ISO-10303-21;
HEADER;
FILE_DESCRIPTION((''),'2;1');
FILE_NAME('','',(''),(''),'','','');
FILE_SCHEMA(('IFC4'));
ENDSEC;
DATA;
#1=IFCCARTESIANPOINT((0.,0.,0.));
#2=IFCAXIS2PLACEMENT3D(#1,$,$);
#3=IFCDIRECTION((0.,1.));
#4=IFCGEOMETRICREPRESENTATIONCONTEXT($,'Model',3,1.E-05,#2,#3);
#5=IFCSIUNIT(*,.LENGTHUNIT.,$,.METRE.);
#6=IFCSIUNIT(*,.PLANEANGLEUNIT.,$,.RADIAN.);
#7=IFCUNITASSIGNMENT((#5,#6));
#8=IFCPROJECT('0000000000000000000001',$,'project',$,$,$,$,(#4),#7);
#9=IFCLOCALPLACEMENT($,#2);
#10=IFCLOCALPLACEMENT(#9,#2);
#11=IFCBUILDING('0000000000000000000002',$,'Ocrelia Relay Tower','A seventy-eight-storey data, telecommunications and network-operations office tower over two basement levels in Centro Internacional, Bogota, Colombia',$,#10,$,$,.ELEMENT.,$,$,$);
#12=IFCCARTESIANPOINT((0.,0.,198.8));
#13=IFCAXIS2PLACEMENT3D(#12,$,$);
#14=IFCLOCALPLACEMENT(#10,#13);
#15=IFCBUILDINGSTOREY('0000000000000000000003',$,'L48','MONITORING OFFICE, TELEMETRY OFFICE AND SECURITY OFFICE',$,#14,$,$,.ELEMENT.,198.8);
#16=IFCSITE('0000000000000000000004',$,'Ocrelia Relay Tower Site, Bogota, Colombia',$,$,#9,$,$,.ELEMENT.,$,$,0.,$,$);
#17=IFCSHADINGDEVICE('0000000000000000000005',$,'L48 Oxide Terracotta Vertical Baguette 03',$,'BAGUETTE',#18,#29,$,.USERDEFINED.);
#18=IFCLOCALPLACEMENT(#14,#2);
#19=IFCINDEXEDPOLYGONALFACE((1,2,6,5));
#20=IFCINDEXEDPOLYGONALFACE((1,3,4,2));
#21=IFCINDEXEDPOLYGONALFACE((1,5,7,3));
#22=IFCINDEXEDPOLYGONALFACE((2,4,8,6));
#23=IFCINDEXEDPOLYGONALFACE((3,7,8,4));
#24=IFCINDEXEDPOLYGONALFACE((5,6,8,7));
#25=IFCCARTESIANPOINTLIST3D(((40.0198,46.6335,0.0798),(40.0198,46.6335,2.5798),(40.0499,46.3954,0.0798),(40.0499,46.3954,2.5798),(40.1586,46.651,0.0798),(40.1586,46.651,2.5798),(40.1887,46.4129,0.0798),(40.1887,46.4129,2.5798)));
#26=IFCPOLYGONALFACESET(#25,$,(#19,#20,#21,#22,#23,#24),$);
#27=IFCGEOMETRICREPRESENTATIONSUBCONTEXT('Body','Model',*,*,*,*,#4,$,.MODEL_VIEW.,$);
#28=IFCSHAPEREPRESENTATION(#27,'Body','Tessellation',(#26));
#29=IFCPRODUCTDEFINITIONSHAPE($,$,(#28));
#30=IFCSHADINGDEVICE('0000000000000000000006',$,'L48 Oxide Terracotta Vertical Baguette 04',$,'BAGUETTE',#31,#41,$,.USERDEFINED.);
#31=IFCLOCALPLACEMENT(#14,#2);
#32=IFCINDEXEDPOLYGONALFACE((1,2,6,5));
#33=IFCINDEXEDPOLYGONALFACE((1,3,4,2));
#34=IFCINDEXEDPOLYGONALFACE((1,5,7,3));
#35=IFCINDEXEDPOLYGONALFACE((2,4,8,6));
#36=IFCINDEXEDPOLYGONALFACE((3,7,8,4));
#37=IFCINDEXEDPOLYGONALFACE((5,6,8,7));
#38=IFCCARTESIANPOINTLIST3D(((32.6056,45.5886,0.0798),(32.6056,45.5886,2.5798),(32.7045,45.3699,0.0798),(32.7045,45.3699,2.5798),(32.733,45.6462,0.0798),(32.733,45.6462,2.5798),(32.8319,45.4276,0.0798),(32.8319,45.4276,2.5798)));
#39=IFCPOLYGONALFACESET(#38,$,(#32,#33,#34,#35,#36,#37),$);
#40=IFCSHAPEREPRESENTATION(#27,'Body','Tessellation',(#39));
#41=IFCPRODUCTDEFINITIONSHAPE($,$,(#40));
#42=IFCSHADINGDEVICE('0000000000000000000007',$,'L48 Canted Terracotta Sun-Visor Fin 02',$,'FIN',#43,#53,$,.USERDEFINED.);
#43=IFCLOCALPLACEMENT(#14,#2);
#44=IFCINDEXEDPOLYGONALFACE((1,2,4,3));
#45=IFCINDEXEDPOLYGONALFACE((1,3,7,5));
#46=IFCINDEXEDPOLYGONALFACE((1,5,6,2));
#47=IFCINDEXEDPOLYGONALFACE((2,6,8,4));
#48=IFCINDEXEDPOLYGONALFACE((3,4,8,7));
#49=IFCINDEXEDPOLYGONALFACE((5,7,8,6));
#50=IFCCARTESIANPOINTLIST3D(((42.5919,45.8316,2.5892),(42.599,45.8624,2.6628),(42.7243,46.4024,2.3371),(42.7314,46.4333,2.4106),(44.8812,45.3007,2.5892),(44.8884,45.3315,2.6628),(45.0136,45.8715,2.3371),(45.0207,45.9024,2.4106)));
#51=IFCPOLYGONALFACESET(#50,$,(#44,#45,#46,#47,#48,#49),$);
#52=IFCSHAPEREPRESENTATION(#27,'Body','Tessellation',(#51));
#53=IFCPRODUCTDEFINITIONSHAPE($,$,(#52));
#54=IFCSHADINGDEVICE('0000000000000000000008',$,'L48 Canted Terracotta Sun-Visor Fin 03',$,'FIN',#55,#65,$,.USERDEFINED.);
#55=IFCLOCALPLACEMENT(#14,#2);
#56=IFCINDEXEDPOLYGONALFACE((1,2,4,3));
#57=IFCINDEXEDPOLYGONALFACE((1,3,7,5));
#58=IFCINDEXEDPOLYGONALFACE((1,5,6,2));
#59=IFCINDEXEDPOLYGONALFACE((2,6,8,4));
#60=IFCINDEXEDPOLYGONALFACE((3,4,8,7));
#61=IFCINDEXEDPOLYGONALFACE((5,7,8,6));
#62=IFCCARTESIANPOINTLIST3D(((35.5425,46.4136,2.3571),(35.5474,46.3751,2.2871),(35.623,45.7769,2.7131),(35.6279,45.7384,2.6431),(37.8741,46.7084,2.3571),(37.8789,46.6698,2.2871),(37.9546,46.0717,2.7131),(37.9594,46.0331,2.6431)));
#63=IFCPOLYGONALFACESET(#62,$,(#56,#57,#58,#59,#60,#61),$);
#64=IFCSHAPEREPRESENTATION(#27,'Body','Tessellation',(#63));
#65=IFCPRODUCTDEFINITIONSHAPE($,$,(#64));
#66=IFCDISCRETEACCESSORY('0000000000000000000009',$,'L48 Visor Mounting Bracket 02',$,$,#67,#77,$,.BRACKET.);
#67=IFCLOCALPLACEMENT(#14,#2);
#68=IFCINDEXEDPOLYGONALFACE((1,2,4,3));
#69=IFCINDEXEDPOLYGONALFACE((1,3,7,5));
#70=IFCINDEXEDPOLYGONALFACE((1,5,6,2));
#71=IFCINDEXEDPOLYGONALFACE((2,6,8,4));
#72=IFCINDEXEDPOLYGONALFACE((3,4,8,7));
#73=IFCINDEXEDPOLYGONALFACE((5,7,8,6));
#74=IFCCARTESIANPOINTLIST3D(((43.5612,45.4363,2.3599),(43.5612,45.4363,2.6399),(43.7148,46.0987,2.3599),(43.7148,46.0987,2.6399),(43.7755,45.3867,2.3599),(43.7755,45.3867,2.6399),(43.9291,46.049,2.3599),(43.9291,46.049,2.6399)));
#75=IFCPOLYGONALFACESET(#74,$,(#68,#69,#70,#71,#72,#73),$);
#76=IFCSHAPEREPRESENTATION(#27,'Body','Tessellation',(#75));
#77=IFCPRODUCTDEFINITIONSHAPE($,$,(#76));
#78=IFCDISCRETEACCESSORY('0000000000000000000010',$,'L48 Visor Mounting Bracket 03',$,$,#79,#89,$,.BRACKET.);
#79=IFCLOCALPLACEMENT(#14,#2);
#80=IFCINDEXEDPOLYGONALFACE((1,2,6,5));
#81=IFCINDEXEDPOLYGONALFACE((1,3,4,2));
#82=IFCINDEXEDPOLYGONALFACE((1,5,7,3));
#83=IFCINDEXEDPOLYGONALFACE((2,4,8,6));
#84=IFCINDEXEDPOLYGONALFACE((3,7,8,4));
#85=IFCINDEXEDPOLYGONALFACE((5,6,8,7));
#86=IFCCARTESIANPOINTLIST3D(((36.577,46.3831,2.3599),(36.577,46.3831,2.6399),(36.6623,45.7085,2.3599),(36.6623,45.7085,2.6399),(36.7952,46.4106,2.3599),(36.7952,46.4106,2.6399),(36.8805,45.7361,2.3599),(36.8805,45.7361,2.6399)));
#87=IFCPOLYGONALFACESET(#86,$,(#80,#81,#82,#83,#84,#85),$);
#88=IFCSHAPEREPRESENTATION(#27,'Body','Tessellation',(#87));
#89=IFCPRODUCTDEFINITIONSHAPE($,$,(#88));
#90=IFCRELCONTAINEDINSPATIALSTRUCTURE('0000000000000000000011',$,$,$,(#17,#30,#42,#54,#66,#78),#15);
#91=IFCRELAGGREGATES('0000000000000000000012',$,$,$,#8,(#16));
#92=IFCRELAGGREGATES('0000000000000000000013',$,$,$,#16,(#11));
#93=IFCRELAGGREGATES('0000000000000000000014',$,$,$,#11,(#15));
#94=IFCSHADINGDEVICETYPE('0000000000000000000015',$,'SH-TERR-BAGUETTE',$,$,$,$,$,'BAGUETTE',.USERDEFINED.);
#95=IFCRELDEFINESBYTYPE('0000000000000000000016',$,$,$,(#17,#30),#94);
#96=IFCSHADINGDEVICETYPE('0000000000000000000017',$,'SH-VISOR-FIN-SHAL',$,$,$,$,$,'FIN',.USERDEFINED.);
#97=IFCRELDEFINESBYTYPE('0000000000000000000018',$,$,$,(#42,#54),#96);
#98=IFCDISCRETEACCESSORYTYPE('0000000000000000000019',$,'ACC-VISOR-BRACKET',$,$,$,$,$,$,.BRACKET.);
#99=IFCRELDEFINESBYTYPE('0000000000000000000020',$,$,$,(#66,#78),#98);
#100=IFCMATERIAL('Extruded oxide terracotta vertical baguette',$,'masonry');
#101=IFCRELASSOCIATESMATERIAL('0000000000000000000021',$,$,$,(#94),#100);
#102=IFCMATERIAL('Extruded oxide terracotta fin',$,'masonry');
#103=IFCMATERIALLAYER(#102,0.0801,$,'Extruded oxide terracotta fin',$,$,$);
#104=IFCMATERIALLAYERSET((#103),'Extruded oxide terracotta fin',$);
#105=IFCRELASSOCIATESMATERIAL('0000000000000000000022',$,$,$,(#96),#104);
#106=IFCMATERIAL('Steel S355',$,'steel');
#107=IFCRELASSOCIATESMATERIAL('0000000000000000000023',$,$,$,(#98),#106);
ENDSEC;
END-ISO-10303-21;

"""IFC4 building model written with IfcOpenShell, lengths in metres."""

from ifc_helpers import new_model, si_unit, direction, frame, origin, origin_2d, place, context, subcontext, project, spatial, rectangle, extrude, material, layer, layer_set, type_object, element, save


model = new_model("IFC4")

# Units and contexts
model_context = context("Model", 3, precision=1e-05, world=origin(), true_north=direction((0.0, 1.0)))
body_context = subcontext(model_context, "Body", "Model", "MODEL_VIEW")
ifc_project = project(units=[si_unit("LENGTHUNIT", "METRE"), si_unit("PLANEANGLEUNIT", "RADIAN")], contexts=[model_context])

# Site, building, storey
site_placement = place(None, origin())
site = spatial("IfcSite", under=ifc_project, at=site_placement, Name="Ocrelia Relay Tower Site, Bogota, Colombia", CompositionType="ELEMENT", RefElevation=0.0)
building_placement = place(site_placement, origin())
building = spatial("IfcBuilding", under=site, at=building_placement, Name="Ocrelia Relay Tower", Description="A seventy-eight-storey data, telecommunications and network-operations office tower over two basement levels in Centro Internacional, Bogota, Colombia", CompositionType="ELEMENT")
storey_placement = place(building_placement, frame((0.0, 0.0, 198.8)))
storey = spatial("IfcBuildingStorey", under=building, at=storey_placement, Name="L48", Description="MONITORING OFFICE, TELEMETRY OFFICE AND SECURITY OFFICE", CompositionType="ELEMENT", Elevation=198.8)

# Shared definitions
ifc_material_1 = material(Name="Steel S355", Category="steel")

# Shading devices
ifc_material_2 = material(Name="Extruded oxide terracotta vertical baguette", Category="masonry")
shading_device_type_1 = type_object("IfcShadingDeviceType", Name="SH-TERR-BAGUETTE", ElementType="BAGUETTE", PredefinedType="USERDEFINED", material=ifc_material_2)
for number, where, z_axis, x_axis, name in (
    (1, (40.1042, 46.5232, 0.0798), (0.0, 0.0, 1.0), (-0.992104, -0.125421, 0.0), "L48 Oxide Terracotta Vertical Baguette 03"),
    (2, (32.7188, 45.5081, 0.0798), (0.0, 0.0, 1.0), (-0.911107, -0.41217, 0.0), "L48 Oxide Terracotta Vertical Baguette 04"),
):
    element("IfcShadingDevice", number, at=place(storey_placement, frame(where, z_axis=z_axis, x_axis=x_axis)), inside=storey, type_object=shading_device_type_1, Name=name, ObjectType="BAGUETTE", PredefinedType="USERDEFINED", context=body_context, shape_type="SweptSolid", body=[
        extrude(rectangle(XDim=0.1399, YDim=0.24, at=origin_2d()), origin(), (0.0, 0.0, 1.0), 2.5),
    ])
ifc_material_3 = material(Name="Extruded oxide terracotta fin", Category="masonry")
ifc_layer_1 = layer(ifc_material_3, 0.0801, Name="Extruded oxide terracotta fin")
ifc_layer_set_1 = layer_set([ifc_layer_1], Name="Extruded oxide terracotta fin")
shading_device_type_2 = type_object("IfcShadingDeviceType", Name="SH-VISOR-FIN-SHAL", ElementType="FIN", PredefinedType="USERDEFINED", material=ifc_layer_set_1)
shading_device_1_placement = place(storey_placement, frame((43.8027, 45.8516, 2.4631), z_axis=(0.089286, 0.385007, 0.918584), x_axis=(-0.974148, 0.225913, 0.0)))
element("IfcShadingDevice", 3, at=shading_device_1_placement, inside=storey, type_object=shading_device_type_2, Name="L48 Canted Terracotta Sun-Visor Fin 02", ObjectType="FIN", PredefinedType="USERDEFINED", context=body_context, shape_type="SweptSolid", body=[
    extrude(rectangle(XDim=2.3501, YDim=0.6379, at=origin_2d()), origin(), (0.0, 0.0, 1.0), 0.0801),
])
shading_device_2_placement = place(storey_placement, frame((36.7534, 46.2041, 2.4651), z_axis=(-0.060843, 0.481284, 0.87445), x_axis=(-0.992104, -0.125421, 0.0)))
element("IfcShadingDevice", 4, at=shading_device_2_placement, inside=storey, type_object=shading_device_type_2, Name="L48 Canted Terracotta Sun-Visor Fin 03", ObjectType="FIN", PredefinedType="USERDEFINED", context=body_context, shape_type="SweptSolid", body=[
    extrude(rectangle(XDim=2.3501, YDim=0.7339, at=origin_2d()), origin(), (0.0, 0.0, 1.0), 0.0801),
])

# Discrete accessories
discrete_accessory_type = type_object("IfcDiscreteAccessoryType", Name="ACC-VISOR-BRACKET", PredefinedType="BRACKET", material=ifc_material_1)
for number, where, z_axis, x_axis, name in (
    (5, (43.7451, 45.7427, 2.3599), (0.0, 0.0, 1.0), (-0.974148, 0.225913, 0.0), "L48 Visor Mounting Bracket 02"),
    (6, (36.7288, 46.0596, 2.3599), (0.0, 0.0, 1.0), (-0.992104, -0.125421, 0.0), "L48 Visor Mounting Bracket 03"),
):
    element("IfcDiscreteAccessory", number, at=place(storey_placement, frame(where, z_axis=z_axis, x_axis=x_axis)), inside=storey, type_object=discrete_accessory_type, Name=name, PredefinedType="BRACKET", context=body_context, shape_type="SweptSolid", body=[
        extrude(rectangle(XDim=0.22, YDim=0.6799, at=origin_2d()), origin(), (0.0, 0.0, 1.0), 0.28),
    ])

save(model, "model.ifc")
